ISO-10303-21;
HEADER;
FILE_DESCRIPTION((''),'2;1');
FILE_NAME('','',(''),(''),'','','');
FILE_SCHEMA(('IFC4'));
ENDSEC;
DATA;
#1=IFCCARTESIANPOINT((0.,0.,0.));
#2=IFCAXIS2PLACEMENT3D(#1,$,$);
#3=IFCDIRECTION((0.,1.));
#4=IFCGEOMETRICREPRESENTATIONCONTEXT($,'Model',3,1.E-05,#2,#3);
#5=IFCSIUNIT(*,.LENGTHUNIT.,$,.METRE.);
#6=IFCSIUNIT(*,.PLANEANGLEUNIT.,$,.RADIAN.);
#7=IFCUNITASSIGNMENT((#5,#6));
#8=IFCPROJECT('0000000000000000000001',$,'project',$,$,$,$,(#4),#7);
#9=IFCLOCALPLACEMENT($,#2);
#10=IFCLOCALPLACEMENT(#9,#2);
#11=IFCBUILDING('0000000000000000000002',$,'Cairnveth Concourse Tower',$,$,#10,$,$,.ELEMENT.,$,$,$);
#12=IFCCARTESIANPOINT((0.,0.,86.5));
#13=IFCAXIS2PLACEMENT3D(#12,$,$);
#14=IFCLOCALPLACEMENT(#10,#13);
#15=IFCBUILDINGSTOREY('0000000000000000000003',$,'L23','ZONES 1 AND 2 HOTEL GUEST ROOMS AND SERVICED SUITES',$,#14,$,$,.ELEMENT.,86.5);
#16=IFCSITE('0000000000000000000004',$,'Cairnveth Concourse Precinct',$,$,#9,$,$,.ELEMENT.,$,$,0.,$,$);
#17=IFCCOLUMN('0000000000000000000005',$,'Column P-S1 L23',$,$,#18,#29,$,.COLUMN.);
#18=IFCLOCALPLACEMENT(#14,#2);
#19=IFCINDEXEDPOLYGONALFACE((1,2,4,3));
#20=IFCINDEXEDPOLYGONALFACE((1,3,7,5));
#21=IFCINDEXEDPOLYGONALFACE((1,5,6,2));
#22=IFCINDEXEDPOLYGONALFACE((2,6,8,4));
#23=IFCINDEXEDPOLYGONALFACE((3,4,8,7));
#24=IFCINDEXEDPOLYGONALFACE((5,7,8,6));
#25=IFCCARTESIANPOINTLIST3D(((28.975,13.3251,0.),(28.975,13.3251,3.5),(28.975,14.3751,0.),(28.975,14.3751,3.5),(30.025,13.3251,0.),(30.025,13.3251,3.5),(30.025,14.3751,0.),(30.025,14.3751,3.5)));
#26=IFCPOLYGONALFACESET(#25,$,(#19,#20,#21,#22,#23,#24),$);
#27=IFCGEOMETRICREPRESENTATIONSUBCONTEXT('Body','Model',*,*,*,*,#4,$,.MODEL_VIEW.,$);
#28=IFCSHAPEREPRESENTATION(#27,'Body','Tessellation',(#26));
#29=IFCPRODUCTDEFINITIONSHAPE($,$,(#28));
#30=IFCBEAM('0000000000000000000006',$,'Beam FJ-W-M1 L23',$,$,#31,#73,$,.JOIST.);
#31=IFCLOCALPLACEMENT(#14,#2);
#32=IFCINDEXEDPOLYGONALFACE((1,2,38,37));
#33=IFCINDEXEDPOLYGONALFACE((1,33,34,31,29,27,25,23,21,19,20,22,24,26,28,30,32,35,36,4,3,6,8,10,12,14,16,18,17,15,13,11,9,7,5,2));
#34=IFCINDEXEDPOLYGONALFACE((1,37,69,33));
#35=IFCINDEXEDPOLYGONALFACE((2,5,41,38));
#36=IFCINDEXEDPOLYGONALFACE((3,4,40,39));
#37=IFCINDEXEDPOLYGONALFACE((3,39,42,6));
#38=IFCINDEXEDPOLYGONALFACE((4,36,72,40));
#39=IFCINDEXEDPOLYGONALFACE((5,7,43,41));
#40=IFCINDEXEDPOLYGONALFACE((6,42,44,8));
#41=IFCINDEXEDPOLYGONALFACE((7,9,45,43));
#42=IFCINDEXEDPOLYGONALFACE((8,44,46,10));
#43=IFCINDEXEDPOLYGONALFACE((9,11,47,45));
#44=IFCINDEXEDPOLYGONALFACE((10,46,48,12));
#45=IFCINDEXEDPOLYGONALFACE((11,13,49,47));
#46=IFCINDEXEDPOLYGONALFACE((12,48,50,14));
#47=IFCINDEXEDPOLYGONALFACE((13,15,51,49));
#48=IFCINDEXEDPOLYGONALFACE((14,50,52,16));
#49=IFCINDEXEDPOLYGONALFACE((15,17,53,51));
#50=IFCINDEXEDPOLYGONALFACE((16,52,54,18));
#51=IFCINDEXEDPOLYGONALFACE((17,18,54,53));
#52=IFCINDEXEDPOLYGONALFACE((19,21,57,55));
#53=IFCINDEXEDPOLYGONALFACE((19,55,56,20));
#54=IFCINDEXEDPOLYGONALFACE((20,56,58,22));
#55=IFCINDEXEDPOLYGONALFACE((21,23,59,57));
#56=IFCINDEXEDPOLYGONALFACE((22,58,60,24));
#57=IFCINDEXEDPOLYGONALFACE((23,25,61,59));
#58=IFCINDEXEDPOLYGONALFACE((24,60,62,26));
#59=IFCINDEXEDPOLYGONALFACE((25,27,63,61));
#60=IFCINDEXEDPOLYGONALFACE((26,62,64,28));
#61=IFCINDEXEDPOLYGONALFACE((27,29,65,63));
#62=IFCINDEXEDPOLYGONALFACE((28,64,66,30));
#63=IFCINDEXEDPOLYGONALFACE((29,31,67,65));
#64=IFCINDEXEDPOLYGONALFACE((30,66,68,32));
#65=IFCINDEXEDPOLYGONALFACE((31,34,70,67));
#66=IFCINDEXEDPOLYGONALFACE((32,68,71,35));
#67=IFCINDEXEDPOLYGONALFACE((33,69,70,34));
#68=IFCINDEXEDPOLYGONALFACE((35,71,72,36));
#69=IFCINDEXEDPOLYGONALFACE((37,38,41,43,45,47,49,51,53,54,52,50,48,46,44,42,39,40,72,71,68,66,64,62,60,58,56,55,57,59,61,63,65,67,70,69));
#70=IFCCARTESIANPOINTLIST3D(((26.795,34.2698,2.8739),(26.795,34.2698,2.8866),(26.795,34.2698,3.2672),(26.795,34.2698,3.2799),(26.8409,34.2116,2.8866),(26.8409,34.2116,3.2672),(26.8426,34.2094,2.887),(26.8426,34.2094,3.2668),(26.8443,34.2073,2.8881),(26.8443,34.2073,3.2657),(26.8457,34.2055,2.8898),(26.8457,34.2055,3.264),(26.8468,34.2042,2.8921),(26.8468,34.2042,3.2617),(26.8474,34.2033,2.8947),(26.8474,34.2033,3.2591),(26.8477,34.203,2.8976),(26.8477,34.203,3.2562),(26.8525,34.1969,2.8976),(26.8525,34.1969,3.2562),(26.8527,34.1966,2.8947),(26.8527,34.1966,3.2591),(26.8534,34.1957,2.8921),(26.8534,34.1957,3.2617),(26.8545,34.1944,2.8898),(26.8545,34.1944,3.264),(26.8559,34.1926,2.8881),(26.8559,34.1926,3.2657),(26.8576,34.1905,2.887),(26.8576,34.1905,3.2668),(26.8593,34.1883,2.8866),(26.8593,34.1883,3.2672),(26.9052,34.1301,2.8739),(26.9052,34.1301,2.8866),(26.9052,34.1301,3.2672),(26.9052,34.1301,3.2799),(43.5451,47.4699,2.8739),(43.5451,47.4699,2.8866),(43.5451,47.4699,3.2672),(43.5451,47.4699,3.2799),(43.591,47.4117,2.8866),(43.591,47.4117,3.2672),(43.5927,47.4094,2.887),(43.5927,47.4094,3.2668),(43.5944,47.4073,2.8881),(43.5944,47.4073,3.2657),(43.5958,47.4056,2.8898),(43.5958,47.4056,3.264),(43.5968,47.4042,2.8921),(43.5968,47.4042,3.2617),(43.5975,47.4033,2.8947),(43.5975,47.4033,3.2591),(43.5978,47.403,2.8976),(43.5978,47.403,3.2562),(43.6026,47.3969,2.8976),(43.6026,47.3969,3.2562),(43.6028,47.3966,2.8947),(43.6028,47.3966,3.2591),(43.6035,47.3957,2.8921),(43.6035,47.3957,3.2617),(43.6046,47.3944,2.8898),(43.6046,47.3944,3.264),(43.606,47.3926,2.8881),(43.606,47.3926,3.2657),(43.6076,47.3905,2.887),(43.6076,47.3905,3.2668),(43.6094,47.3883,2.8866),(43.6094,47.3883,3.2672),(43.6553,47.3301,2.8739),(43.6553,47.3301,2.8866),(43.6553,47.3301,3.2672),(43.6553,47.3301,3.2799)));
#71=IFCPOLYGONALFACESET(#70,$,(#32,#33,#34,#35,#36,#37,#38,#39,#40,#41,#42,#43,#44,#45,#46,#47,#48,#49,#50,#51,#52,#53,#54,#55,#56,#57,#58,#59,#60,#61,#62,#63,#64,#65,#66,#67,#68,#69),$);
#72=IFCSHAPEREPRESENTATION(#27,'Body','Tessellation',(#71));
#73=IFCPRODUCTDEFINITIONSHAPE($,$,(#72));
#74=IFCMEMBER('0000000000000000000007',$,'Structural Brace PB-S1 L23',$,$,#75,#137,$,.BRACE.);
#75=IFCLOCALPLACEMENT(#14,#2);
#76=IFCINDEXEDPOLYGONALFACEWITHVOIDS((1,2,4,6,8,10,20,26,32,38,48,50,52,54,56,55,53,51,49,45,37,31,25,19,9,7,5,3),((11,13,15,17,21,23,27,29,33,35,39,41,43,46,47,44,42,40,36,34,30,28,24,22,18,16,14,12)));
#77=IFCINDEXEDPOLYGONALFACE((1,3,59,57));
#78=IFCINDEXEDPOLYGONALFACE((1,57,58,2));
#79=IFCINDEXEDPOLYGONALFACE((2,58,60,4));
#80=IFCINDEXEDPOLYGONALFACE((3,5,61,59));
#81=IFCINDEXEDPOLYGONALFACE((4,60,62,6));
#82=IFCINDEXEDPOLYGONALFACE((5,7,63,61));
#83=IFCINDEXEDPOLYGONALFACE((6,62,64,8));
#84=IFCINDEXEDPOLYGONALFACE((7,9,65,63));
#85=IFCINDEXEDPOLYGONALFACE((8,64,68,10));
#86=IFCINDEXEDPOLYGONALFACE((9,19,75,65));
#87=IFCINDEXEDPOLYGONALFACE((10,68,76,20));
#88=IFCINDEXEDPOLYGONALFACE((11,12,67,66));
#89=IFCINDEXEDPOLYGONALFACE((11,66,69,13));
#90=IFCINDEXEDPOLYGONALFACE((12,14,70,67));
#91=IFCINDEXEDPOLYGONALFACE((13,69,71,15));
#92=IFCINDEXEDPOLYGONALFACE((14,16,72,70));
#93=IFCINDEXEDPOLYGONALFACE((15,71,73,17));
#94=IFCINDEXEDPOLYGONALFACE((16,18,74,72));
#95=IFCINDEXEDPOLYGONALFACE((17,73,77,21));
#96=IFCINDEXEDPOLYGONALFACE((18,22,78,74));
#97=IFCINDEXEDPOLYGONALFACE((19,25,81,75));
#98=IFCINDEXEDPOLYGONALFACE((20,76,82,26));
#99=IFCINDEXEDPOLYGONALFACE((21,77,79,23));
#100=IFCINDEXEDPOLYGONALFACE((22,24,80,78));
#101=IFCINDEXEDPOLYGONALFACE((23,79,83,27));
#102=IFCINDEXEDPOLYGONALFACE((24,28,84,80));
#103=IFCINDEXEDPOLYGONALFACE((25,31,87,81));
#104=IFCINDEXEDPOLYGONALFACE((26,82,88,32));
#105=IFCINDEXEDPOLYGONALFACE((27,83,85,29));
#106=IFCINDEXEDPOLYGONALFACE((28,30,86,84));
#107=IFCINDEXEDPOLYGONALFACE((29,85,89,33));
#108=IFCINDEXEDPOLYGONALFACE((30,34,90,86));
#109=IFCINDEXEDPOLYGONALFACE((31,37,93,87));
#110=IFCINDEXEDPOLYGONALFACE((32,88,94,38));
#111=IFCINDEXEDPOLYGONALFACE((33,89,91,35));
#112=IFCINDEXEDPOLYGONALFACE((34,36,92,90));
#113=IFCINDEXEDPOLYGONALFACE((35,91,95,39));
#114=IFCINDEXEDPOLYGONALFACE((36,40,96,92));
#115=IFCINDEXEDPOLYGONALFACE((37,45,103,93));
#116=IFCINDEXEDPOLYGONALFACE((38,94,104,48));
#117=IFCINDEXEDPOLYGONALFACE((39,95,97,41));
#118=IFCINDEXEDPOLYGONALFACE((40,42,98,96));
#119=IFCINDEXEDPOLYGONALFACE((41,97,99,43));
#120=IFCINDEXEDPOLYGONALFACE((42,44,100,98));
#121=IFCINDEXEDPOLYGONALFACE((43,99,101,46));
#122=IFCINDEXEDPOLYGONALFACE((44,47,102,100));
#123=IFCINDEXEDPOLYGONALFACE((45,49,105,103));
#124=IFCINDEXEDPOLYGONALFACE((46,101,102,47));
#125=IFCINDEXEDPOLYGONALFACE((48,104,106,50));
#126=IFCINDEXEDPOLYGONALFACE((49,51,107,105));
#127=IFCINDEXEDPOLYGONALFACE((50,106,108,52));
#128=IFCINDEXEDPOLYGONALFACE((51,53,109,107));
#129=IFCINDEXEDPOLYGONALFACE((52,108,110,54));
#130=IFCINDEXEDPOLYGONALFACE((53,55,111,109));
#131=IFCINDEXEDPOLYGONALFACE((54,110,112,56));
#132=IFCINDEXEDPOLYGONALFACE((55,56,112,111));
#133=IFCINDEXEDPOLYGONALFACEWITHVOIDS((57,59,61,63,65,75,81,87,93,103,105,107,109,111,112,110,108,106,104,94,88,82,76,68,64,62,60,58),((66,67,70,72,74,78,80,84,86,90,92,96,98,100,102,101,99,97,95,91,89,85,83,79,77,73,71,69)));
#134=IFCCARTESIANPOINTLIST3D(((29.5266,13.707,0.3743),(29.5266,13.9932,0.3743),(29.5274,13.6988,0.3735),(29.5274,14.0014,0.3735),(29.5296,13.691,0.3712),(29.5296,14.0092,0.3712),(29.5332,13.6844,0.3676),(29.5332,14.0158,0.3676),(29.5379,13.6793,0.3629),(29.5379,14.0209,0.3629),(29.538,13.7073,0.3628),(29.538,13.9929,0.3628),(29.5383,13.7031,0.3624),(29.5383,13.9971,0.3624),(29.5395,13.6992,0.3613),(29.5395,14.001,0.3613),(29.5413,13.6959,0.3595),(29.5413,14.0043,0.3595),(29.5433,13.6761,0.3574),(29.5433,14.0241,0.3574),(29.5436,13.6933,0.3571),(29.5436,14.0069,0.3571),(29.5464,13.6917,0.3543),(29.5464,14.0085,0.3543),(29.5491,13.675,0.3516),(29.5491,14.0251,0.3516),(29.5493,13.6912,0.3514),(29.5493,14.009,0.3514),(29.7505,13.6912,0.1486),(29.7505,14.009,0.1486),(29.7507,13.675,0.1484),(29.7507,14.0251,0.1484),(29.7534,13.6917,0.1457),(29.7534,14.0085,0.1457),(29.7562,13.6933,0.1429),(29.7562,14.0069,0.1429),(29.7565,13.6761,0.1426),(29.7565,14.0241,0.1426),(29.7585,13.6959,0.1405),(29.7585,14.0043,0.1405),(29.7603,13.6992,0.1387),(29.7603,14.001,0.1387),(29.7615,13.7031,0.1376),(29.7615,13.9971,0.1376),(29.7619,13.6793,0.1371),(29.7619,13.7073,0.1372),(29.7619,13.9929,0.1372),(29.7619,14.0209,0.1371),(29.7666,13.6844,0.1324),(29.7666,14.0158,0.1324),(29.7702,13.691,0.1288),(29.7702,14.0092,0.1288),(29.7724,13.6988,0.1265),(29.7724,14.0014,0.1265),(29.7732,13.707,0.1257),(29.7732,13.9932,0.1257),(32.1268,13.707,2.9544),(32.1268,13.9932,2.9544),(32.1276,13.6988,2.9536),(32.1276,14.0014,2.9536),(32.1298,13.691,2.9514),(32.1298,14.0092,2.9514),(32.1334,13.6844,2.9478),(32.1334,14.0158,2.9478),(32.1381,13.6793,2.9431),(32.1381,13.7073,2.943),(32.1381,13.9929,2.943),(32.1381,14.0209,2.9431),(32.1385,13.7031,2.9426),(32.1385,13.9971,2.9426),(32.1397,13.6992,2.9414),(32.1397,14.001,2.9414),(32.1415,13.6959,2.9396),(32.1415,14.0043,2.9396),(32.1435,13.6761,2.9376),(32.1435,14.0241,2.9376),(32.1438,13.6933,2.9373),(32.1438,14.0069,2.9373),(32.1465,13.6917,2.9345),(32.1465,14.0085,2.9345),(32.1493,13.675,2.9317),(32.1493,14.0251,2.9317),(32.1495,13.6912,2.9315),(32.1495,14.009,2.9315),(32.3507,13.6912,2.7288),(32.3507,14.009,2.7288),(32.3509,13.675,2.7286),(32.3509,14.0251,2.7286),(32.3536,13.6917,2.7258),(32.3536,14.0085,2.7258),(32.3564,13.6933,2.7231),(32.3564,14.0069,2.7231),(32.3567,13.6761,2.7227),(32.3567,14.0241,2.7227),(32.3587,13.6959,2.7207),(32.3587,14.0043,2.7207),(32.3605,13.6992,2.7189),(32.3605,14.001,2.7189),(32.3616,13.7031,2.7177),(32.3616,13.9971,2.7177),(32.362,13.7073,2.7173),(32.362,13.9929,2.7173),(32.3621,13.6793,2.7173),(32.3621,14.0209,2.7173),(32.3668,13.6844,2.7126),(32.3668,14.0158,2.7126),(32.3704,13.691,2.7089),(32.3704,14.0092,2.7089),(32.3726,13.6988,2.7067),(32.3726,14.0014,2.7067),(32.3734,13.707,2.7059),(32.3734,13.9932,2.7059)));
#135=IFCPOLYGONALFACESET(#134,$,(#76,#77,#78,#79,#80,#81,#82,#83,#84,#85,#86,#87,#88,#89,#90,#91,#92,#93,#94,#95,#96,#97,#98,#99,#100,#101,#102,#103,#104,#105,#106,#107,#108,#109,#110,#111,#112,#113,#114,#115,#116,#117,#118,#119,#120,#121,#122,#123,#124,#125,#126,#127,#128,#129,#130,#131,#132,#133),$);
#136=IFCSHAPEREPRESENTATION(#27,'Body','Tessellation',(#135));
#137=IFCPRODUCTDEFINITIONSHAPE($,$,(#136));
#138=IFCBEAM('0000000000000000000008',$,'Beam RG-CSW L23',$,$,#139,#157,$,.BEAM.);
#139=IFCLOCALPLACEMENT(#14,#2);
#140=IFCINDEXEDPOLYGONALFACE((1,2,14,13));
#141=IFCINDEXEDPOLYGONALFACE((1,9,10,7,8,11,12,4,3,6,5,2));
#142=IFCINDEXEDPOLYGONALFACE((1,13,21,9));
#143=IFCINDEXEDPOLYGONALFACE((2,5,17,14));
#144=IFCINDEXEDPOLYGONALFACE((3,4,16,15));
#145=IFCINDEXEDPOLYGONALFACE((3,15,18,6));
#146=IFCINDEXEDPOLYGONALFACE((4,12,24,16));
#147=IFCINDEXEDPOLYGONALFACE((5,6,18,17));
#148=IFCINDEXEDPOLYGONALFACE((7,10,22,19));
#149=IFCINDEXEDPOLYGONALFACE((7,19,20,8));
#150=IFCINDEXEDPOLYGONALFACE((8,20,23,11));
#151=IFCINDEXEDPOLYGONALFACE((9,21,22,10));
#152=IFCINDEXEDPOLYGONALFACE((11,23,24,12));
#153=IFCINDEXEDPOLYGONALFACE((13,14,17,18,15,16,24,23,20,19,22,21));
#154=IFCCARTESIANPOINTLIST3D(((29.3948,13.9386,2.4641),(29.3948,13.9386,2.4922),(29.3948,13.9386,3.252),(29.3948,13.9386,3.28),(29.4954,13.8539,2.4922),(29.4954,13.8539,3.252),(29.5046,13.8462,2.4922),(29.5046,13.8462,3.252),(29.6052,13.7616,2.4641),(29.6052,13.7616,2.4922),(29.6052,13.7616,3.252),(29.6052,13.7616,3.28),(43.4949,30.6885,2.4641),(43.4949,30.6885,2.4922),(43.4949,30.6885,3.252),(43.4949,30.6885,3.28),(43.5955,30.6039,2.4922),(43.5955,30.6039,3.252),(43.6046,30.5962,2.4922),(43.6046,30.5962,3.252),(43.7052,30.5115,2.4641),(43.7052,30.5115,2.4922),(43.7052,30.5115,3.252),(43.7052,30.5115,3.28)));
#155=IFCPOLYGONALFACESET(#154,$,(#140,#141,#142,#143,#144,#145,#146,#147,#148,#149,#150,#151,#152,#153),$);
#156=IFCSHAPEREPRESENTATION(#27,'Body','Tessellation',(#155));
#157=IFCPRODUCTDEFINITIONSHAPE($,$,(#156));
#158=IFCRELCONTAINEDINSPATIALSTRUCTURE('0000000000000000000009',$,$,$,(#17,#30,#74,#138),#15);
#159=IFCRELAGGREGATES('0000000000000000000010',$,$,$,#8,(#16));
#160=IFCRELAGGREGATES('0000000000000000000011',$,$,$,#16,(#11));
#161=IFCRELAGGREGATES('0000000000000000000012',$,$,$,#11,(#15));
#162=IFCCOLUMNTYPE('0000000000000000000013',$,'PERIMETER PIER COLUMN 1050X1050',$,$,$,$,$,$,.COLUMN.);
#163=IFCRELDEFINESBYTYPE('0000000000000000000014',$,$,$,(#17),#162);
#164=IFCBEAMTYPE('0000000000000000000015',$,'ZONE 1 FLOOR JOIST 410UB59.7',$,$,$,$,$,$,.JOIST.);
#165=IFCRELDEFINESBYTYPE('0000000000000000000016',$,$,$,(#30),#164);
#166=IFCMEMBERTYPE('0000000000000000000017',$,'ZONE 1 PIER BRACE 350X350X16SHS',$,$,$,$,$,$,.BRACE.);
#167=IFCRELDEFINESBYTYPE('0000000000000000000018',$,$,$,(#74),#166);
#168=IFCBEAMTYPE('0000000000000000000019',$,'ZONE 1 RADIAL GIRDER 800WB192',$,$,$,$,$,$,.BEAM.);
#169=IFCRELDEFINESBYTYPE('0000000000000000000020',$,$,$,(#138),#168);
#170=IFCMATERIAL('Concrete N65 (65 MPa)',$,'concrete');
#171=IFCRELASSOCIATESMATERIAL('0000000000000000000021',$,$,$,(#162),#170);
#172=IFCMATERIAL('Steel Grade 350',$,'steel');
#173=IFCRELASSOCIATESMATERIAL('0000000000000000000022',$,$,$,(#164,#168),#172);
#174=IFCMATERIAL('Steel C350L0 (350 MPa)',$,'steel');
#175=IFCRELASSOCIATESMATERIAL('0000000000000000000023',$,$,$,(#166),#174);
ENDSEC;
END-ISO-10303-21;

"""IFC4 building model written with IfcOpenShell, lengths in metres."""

from ifc_helpers import new_model, si_unit, direction, frame, origin, origin_2d, place, context, subcontext, project, spatial, rectangle, hollow_rectangle, i_section, extrude, material, material_profile, profile_set, type_object, element, save


model = new_model("IFC4")

# Units and contexts
model_context = context("Model", 3, precision=1e-05, world=origin(), true_north=direction((0.0, 1.0)))
body_context = subcontext(model_context, "Body", "Model", "MODEL_VIEW")
ifc_project = project(units=[si_unit("LENGTHUNIT", "METRE"), si_unit("PLANEANGLEUNIT", "RADIAN")], contexts=[model_context])

# Site, building, storey
site_placement = place(None, origin())
site = spatial("IfcSite", under=ifc_project, at=site_placement, Name="Cairnveth Concourse Precinct", CompositionType="ELEMENT", RefElevation=0.0)
building_placement = place(site_placement, origin())
building = spatial("IfcBuilding", under=site, at=building_placement, Name="Cairnveth Concourse Tower", CompositionType="ELEMENT")
storey_placement = place(building_placement, frame((0.0, 0.0, 86.5)))
storey = spatial("IfcBuildingStorey", under=building, at=storey_placement, Name="L23", Description="ZONES 1 AND 2 HOTEL GUEST ROOMS AND SERVICED SUITES", CompositionType="ELEMENT", Elevation=86.5)

# Column
ifc_material_1 = material(Name="Concrete N65 (65 MPa)", Category="concrete")
ifc_material_profile_1 = material_profile(ifc_material_1, rectangle(XDim=1.05, YDim=1.05, at=origin_2d()), Name="RC-COL-1050x1050")
ifc_profile_set_1 = profile_set([ifc_material_profile_1], Name="Concrete N65 (65 MPa)")
column_type = type_object("IfcColumnType", Name="PERIMETER PIER COLUMN 1050X1050", PredefinedType="COLUMN", material=ifc_profile_set_1)
column_placement = place(storey_placement, frame((29.5, 13.8501, 0.0), z_axis=(0.0, 0.0, 1.0), x_axis=(1.0, 0.0, 0.0)))
element("IfcColumn", 1, at=column_placement, inside=storey, type_object=column_type, Name="Column P-S1 L23", PredefinedType="COLUMN", context=body_context, shape_type="SweptSolid", body=[
    extrude(rectangle(XDim=1.05, YDim=1.05, at=origin_2d()), origin(), (0.0, 0.0, 1.0), 3.5),
])

# Beam
ifc_material_2 = material(Name="Steel Grade 350", Category="steel")
ifc_material_profile_2 = material_profile(ifc_material_2, i_section(OverallWidth=0.178, OverallDepth=0.406, WebThickness=0.0078, FlangeThickness=0.0127, FilletRadius=0.011, at=origin_2d()), Name="410UB59.7")
ifc_profile_set_2 = profile_set([ifc_material_profile_2], Name="Steel Grade 350")
beam_type_1 = type_object("IfcBeamType", Name="ZONE 1 FLOOR JOIST 410UB59.7", PredefinedType="JOIST", material=ifc_profile_set_2)
beam_1_placement = place(storey_placement, frame((26.8501, 34.2, 3.0769), z_axis=(0.785424, 0.618958, 0.0), x_axis=(-0.618958, 0.785424, 0.0)))
element("IfcBeam", 2, at=beam_1_placement, inside=storey, type_object=beam_type_1, Name="Beam FJ-W-M1 L23", PredefinedType="JOIST", context=body_context, shape_type="SweptSolid", body=[
    extrude(i_section(OverallWidth=0.178, OverallDepth=0.406, WebThickness=0.0078, FlangeThickness=0.0127, FilletRadius=0.011, at=origin_2d()), origin(), (0.0, 0.0, 1.0), 21.3262),
])

# Member
ifc_material_3 = material(Name="Steel C350L0 (350 MPa)", Category="steel")
ifc_material_profile_3 = material_profile(ifc_material_3, hollow_rectangle(XDim=0.3501, YDim=0.3501, WallThickness=0.0161, InnerFilletRadius=0.0161, OuterFilletRadius=0.032, at=origin_2d()), Name="350x350x16.0SHS")
ifc_profile_set_3 = profile_set([ifc_material_profile_3], Name="Steel C350L0 (350 MPa)")
member_type = type_object("IfcMemberType", Name="ZONE 1 PIER BRACE 350X350X16SHS", PredefinedType="BRACE", material=ifc_profile_set_3)
member_placement = place(storey_placement, frame((29.6499, 13.8501, 0.25), z_axis=(0.709834, 0.0, 0.704369), x_axis=(0.0, 1.0, 0.0)))
element("IfcMember", 3, at=member_placement, inside=storey, type_object=member_type, Name="Structural Brace PB-S1 L23", PredefinedType="BRACE", context=body_context, shape_type="SweptSolid", body=[
    extrude(hollow_rectangle(XDim=0.3501, YDim=0.3501, WallThickness=0.0161, InnerFilletRadius=0.0161, OuterFilletRadius=0.032, at=origin_2d()), origin(), (0.0, 0.0, 1.0), 3.6631),
])

# Beam
ifc_material_profile_4 = material_profile(ifc_material_2, i_section(OverallWidth=0.2749, OverallDepth=0.8159, WebThickness=0.012, FlangeThickness=0.0281, at=origin_2d()), Name="800WB192")
ifc_profile_set_4 = profile_set([ifc_material_profile_4], Name="Steel Grade 350")
beam_type_2 = type_object("IfcBeamType", Name="ZONE 1 RADIAL GIRDER 800WB192", PredefinedType="BEAM", material=ifc_profile_set_4)
beam_2_placement = place(storey_placement, frame((29.5, 13.8501, 2.8721), z_axis=(0.643998, 0.765027, 0.0), x_axis=(-0.765027, 0.643998, 0.0)))
element("IfcBeam", 4, at=beam_2_placement, inside=storey, type_object=beam_type_2, Name="Beam RG-CSW L23", PredefinedType="BEAM", context=body_context, shape_type="SweptSolid", body=[
    extrude(i_section(OverallWidth=0.2749, OverallDepth=0.8159, WebThickness=0.012, FlangeThickness=0.0281, at=origin_2d()), origin(), (0.0, 0.0, 1.0), 21.8945),
])

save(model, "model.ifc")
